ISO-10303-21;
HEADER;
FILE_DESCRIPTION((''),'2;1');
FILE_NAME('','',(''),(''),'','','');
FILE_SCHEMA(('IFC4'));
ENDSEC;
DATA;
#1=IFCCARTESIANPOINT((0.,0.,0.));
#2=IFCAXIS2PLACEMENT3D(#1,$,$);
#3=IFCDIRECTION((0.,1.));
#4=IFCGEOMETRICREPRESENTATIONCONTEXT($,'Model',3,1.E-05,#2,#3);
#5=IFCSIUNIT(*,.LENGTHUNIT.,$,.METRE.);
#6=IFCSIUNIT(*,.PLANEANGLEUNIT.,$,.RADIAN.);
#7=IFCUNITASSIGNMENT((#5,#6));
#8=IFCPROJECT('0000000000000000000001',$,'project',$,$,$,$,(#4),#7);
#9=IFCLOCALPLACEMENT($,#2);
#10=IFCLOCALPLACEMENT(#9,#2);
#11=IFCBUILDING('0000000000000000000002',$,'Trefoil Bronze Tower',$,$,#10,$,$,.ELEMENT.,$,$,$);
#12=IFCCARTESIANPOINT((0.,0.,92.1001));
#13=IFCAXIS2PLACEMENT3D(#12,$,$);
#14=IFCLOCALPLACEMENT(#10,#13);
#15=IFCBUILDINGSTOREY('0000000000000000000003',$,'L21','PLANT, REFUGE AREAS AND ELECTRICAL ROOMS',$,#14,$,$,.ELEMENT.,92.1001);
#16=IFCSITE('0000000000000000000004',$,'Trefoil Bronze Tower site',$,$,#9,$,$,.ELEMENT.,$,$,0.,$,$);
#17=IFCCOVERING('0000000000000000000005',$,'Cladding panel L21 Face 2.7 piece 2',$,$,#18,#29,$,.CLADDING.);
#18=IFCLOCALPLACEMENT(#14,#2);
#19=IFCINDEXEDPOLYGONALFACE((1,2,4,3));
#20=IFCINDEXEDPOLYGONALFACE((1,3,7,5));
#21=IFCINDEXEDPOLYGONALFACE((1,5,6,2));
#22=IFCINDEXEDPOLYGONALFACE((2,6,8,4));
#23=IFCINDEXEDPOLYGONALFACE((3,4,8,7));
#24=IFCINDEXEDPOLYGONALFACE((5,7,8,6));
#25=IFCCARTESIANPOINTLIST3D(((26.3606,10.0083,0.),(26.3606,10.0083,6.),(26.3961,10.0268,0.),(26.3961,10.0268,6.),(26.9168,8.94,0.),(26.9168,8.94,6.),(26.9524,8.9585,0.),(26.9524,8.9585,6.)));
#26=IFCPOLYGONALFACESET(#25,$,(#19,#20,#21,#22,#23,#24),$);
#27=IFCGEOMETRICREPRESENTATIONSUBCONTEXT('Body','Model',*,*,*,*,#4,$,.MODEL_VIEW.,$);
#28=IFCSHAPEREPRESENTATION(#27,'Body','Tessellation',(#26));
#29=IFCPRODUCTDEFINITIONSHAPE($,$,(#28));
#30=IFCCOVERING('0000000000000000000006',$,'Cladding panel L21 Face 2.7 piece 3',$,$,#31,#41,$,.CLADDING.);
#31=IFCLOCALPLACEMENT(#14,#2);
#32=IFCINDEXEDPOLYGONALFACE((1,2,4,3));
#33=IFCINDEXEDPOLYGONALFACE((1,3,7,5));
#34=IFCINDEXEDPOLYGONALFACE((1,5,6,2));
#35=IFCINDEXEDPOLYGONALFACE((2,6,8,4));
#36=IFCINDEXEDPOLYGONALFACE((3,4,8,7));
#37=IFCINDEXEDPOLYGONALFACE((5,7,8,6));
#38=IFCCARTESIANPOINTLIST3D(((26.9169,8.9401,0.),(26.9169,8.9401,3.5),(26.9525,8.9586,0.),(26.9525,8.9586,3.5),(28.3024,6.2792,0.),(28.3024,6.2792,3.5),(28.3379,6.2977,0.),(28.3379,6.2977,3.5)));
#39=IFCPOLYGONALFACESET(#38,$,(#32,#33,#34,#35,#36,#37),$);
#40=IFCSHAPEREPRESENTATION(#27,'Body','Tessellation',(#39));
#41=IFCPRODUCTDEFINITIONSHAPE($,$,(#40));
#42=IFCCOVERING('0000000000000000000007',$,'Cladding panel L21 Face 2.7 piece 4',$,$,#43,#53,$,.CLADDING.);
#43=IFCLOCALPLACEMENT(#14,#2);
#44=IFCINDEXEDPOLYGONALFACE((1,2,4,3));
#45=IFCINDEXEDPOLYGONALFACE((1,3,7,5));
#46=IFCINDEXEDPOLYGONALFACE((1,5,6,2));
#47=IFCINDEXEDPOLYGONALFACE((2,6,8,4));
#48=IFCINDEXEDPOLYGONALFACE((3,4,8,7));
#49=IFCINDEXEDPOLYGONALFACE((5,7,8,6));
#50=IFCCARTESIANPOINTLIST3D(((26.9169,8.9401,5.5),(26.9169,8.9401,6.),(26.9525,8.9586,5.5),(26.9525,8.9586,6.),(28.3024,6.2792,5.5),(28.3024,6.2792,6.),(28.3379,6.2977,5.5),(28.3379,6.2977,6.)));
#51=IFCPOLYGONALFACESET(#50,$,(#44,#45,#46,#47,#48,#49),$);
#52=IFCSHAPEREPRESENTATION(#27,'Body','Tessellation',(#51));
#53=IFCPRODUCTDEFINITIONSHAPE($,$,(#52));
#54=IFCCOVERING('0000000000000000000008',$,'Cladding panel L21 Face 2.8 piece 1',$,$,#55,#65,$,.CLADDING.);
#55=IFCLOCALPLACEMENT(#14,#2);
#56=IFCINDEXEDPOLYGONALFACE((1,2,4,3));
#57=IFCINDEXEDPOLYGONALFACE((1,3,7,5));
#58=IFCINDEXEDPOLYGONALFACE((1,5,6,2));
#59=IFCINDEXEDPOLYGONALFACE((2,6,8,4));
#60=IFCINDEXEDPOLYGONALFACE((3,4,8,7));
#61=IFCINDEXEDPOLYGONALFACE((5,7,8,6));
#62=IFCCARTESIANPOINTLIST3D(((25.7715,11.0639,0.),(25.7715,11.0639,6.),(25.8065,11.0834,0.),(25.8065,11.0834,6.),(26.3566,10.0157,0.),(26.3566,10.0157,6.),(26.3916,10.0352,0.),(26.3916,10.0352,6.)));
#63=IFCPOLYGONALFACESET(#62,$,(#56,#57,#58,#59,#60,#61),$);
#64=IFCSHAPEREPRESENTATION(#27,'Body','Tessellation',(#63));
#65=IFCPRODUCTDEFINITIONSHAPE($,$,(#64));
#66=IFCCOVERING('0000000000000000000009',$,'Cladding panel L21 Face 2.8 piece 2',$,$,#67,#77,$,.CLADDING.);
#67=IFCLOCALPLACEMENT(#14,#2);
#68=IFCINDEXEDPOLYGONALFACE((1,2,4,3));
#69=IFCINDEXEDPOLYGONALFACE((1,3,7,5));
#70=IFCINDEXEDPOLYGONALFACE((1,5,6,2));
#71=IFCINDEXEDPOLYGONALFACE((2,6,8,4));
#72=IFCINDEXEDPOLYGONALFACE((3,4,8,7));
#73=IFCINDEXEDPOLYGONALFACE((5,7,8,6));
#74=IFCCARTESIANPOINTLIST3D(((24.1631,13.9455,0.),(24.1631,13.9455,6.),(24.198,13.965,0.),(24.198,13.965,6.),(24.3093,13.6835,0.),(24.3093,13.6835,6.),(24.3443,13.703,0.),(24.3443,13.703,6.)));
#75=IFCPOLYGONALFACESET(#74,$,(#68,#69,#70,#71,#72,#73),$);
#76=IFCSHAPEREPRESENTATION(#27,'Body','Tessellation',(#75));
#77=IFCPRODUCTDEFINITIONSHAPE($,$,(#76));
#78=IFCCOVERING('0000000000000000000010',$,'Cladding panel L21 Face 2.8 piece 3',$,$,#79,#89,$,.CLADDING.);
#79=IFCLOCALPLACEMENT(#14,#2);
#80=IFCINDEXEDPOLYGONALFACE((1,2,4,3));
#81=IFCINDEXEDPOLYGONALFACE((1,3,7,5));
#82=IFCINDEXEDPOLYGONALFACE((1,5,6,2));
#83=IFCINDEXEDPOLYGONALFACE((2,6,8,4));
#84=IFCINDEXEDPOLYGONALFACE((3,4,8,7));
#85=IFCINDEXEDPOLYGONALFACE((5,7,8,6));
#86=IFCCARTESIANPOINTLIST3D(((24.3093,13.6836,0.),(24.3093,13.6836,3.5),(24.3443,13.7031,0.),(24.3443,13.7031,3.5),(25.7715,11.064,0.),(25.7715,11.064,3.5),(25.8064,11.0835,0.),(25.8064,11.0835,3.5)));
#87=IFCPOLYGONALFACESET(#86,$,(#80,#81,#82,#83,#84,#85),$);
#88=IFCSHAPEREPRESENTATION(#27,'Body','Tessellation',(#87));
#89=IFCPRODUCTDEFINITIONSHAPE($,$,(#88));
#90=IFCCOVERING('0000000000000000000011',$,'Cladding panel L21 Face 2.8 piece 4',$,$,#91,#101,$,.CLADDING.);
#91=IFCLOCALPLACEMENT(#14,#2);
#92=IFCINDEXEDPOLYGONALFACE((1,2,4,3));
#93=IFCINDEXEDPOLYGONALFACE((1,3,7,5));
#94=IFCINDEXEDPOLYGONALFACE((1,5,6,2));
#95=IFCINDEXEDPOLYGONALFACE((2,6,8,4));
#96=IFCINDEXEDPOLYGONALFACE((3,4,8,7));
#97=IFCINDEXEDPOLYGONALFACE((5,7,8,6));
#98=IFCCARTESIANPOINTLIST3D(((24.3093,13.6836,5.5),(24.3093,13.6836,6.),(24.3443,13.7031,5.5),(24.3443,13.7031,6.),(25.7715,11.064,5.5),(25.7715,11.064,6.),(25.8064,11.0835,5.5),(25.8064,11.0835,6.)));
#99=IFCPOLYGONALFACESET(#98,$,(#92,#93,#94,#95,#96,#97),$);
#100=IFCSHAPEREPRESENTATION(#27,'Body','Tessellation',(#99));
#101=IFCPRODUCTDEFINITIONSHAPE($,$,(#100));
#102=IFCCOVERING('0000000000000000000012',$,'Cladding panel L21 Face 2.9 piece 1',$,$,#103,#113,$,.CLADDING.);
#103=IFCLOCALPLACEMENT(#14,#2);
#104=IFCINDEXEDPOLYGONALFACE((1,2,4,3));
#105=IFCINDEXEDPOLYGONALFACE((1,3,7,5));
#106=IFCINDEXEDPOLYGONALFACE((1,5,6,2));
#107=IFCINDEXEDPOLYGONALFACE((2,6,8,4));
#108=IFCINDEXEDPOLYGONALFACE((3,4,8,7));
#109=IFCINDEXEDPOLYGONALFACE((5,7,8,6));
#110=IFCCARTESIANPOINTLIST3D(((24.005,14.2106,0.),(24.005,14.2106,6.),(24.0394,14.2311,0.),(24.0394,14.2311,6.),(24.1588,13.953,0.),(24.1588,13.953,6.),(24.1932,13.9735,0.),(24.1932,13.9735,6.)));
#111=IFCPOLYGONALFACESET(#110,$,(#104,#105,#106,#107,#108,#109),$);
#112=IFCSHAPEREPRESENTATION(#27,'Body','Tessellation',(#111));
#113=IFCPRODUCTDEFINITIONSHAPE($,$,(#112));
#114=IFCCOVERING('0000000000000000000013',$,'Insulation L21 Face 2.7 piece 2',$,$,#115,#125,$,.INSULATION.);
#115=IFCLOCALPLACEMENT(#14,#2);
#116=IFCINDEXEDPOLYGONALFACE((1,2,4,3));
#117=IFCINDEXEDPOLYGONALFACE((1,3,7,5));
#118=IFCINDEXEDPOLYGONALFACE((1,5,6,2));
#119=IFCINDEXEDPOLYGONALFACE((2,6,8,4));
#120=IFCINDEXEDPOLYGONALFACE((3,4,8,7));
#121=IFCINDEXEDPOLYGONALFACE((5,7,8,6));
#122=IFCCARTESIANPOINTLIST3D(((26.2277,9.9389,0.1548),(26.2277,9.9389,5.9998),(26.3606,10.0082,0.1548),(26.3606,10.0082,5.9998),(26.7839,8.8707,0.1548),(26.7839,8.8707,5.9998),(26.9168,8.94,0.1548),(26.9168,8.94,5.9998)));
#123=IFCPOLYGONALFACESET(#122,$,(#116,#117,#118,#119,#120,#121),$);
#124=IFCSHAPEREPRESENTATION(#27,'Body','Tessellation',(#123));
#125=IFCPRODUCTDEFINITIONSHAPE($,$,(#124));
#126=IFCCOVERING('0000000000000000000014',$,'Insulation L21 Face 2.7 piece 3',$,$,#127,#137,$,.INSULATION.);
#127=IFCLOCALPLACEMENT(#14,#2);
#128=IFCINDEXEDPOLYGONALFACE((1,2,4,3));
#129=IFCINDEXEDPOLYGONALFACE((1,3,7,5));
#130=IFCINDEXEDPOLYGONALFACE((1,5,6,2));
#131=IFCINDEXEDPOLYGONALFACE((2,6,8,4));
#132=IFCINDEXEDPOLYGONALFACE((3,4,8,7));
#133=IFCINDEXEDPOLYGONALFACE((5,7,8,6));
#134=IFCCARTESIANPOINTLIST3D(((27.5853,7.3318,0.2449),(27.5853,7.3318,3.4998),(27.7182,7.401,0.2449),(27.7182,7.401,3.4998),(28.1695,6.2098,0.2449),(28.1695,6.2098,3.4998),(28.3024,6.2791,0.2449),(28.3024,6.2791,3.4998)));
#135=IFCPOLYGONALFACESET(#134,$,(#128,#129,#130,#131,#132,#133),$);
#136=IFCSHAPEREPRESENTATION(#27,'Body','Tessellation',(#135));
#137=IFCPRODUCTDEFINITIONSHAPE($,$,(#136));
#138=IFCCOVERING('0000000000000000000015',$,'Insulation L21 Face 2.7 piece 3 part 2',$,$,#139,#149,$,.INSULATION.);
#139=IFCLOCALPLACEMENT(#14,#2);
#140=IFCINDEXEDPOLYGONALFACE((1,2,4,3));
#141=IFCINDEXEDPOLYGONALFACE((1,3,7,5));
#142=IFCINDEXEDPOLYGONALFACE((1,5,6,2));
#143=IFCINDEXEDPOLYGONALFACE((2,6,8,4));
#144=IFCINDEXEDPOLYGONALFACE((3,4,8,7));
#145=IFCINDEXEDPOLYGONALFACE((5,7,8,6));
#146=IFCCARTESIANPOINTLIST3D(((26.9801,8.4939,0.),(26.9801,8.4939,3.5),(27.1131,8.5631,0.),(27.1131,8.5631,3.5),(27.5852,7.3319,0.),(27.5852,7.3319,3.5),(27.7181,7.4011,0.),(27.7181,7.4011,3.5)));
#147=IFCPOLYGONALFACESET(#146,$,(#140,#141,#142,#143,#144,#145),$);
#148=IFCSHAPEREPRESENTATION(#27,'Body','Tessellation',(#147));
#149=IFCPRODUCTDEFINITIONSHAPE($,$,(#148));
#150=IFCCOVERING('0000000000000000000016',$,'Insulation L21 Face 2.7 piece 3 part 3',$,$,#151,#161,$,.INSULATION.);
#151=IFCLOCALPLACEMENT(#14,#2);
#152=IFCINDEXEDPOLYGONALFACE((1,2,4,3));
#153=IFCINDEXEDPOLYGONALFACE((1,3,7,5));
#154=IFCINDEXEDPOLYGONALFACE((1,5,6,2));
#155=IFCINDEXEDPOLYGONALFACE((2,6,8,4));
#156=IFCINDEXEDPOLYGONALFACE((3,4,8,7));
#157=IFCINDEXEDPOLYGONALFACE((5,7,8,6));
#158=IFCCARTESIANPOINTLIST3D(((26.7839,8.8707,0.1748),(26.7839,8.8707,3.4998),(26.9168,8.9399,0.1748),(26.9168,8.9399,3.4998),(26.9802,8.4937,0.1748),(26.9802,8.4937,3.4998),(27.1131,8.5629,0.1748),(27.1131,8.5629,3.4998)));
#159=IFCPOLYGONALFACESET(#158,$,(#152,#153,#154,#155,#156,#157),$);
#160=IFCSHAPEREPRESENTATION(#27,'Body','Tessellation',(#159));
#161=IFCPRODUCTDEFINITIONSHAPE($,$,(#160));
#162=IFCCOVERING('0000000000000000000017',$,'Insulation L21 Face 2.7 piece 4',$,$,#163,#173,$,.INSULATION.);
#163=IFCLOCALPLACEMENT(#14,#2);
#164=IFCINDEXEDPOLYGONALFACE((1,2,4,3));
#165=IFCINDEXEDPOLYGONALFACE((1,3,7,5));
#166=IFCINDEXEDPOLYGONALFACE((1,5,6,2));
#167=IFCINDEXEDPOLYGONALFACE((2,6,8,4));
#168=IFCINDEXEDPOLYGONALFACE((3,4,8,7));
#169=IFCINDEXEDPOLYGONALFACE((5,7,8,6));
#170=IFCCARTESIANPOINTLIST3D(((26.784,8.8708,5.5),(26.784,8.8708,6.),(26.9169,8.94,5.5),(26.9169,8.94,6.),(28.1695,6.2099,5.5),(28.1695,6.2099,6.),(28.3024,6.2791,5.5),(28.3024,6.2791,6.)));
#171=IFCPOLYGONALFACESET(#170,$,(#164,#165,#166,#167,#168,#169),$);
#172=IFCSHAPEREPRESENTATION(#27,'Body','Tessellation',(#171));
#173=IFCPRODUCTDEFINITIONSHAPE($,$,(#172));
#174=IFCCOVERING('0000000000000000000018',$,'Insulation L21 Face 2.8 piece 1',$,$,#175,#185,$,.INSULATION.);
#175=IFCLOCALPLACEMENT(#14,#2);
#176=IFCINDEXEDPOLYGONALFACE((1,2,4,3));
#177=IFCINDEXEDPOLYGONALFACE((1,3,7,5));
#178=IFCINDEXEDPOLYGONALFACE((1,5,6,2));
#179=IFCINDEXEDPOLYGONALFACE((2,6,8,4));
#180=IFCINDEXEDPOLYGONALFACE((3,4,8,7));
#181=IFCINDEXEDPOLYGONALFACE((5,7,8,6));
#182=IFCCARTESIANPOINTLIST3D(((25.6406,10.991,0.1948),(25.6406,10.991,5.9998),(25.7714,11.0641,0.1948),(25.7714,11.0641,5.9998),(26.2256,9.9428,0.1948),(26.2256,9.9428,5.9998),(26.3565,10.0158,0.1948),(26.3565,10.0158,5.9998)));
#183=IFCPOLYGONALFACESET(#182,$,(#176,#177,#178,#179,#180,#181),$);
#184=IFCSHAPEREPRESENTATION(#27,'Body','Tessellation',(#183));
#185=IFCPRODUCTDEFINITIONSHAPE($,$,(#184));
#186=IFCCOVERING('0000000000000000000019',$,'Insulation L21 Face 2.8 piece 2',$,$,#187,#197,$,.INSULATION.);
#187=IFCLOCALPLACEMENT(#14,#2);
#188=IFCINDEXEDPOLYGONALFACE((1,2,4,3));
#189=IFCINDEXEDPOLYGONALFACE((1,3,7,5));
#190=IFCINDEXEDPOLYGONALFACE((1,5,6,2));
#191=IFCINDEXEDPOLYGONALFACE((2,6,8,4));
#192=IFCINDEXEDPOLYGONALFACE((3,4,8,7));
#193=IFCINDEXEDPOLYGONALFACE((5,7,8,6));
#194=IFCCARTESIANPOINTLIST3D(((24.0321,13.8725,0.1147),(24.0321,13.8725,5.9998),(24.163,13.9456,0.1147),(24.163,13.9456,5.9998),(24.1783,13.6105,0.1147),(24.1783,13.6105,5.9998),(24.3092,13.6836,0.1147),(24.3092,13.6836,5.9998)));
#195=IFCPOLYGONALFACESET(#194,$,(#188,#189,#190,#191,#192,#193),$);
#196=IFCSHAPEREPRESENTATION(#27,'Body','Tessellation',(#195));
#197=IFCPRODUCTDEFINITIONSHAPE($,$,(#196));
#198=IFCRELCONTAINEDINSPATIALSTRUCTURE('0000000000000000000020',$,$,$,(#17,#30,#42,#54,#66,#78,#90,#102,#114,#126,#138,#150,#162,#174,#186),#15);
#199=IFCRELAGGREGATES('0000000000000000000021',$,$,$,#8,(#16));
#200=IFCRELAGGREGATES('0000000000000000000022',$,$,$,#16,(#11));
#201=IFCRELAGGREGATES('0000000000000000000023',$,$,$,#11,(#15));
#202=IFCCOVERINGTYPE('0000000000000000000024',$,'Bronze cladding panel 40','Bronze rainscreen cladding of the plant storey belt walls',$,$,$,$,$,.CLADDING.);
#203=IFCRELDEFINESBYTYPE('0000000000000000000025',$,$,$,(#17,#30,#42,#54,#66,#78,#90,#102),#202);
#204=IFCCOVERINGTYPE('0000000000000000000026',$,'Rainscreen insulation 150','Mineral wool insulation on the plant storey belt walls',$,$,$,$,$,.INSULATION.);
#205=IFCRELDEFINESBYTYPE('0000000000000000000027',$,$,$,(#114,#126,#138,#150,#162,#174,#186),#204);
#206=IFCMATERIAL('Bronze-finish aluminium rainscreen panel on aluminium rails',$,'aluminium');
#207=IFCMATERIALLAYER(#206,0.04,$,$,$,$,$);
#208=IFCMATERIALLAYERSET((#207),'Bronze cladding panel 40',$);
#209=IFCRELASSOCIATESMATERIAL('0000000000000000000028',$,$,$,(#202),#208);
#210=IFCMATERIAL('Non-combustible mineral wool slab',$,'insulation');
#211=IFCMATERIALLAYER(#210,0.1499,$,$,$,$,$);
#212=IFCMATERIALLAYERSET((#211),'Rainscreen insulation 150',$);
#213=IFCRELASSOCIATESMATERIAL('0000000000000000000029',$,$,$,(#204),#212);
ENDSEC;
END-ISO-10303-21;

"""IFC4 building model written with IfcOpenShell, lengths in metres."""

from ifc_helpers import new_model, si_unit, direction, frame, origin, origin_2d, place, context, subcontext, project, spatial, rectangle, extrude, material, layer, layer_set, type_object, element, save


model = new_model("IFC4")

# Units and contexts
model_context = context("Model", 3, precision=1e-05, world=origin(), true_north=direction((0.0, 1.0)))
body_context = subcontext(model_context, "Body", "Model", "MODEL_VIEW")
ifc_project = project(units=[si_unit("LENGTHUNIT", "METRE"), si_unit("PLANEANGLEUNIT", "RADIAN")], contexts=[model_context])

# Site, building, storey
site_placement = place(None, origin())
site = spatial("IfcSite", under=ifc_project, at=site_placement, Name="Trefoil Bronze Tower site", CompositionType="ELEMENT", RefElevation=0.0)
building_placement = place(site_placement, origin())
building = spatial("IfcBuilding", under=site, at=building_placement, Name="Trefoil Bronze Tower", CompositionType="ELEMENT")
storey_placement = place(building_placement, frame((0.0, 0.0, 92.1001)))
storey = spatial("IfcBuildingStorey", under=building, at=storey_placement, Name="L21", Description="PLANT, REFUGE AREAS AND ELECTRICAL ROOMS", CompositionType="ELEMENT", Elevation=92.1001)

# Coverings
ifc_material_1 = material(Name="Bronze-finish aluminium rainscreen panel on aluminium rails", Category="aluminium")
ifc_layer_1 = layer(ifc_material_1, 0.04)
ifc_layer_set_1 = layer_set([ifc_layer_1], Name="Bronze cladding panel 40")
covering_type_1 = type_object("IfcCoveringType", Name="Bronze cladding panel 40", Description="Bronze rainscreen cladding of the plant storey belt walls", PredefinedType="CLADDING", material=ifc_layer_set_1)
covering_1_placement = place(storey_placement, frame((26.6565, 9.4834, 0.0), z_axis=(0.0, 0.0, 1.0), x_axis=(-0.46183, 0.886969, 0.0)))
element("IfcCovering", 1, at=covering_1_placement, inside=storey, type_object=covering_type_1, Name="Cladding panel L21 Face 2.7 piece 2", PredefinedType="CLADDING", context=body_context, shape_type="SweptSolid", body=[
    extrude(rectangle(XDim=1.2043, YDim=0.04, at=origin_2d()), origin(), (0.0, 0.0, 1.0), 6.0),
])
covering_2_placement = place(storey_placement, frame((27.6274, 7.6189, 0.0), z_axis=(0.0, 0.0, 1.0), x_axis=(-0.46183, 0.886969, 0.0)))
element("IfcCovering", 2, at=covering_2_placement, inside=storey, type_object=covering_type_1, Name="Cladding panel L21 Face 2.7 piece 3", PredefinedType="CLADDING", context=body_context, shape_type="SweptSolid", body=[
    extrude(rectangle(XDim=3.0, YDim=0.04, at=origin_2d()), origin(), (0.0, 0.0, 1.0), 3.5),
])
covering_3_placement = place(storey_placement, frame((27.6274, 7.6189, 5.5), z_axis=(0.0, 0.0, 1.0), x_axis=(-0.46183, 0.886969, 0.0)))
element("IfcCovering", 3, at=covering_3_placement, inside=storey, type_object=covering_type_1, Name="Cladding panel L21 Face 2.7 piece 4", PredefinedType="CLADDING", context=body_context, shape_type="SweptSolid", body=[
    extrude(rectangle(XDim=3.0, YDim=0.04, at=origin_2d()), origin(), (0.0, 0.0, 1.0), 0.5),
])
covering_4_placement = place(storey_placement, frame((26.0815, 10.5496, 0.0), z_axis=(0.0, 0.0, 1.0), x_axis=(-0.487382, 0.873189, 0.0)))
element("IfcCovering", 4, at=covering_4_placement, inside=storey, type_object=covering_type_1, Name="Cladding panel L21 Face 2.8 piece 1", PredefinedType="CLADDING", context=body_context, shape_type="SweptSolid", body=[
    extrude(rectangle(XDim=1.2004, YDim=0.04, at=origin_2d()), origin(), (0.0, 0.0, 1.0), 6.0),
])
covering_5_placement = place(storey_placement, frame((24.2537, 13.8242, 0.0), z_axis=(0.0, 0.0, 1.0), x_axis=(-0.487382, 0.873189, 0.0)))
element("IfcCovering", 5, at=covering_5_placement, inside=storey, type_object=covering_type_1, Name="Cladding panel L21 Face 2.8 piece 2", PredefinedType="CLADDING", context=body_context, shape_type="SweptSolid", body=[
    extrude(rectangle(XDim=0.3, YDim=0.04, at=origin_2d()), origin(), (0.0, 0.0, 1.0), 6.0),
])
covering_6_placement = place(storey_placement, frame((25.0579, 12.3835, 0.0), z_axis=(0.0, 0.0, 1.0), x_axis=(-0.487382, 0.873189, 0.0)))
element("IfcCovering", 6, at=covering_6_placement, inside=storey, type_object=covering_type_1, Name="Cladding panel L21 Face 2.8 piece 3", PredefinedType="CLADDING", context=body_context, shape_type="SweptSolid", body=[
    extrude(rectangle(XDim=3.0, YDim=0.04, at=origin_2d()), origin(), (0.0, 0.0, 1.0), 3.5),
])
covering_7_placement = place(storey_placement, frame((25.0579, 12.3835, 5.5), z_axis=(0.0, 0.0, 1.0), x_axis=(-0.487382, 0.873189, 0.0)))
element("IfcCovering", 7, at=covering_7_placement, inside=storey, type_object=covering_type_1, Name="Cladding panel L21 Face 2.8 piece 4", PredefinedType="CLADDING", context=body_context, shape_type="SweptSolid", body=[
    extrude(rectangle(XDim=3.0, YDim=0.04, at=origin_2d()), origin(), (0.0, 0.0, 1.0), 0.5),
])
covering_8_placement = place(storey_placement, frame((24.0991, 14.092, 0.0), z_axis=(0.0, 0.0, 1.0), x_axis=(-0.512513, 0.85868, 0.0)))
element("IfcCovering", 8, at=covering_8_placement, inside=storey, type_object=covering_type_1, Name="Cladding panel L21 Face 2.9 piece 1", PredefinedType="CLADDING", context=body_context, shape_type="SweptSolid", body=[
    extrude(rectangle(XDim=0.3, YDim=0.04, at=origin_2d()), origin(), (0.0, 0.0, 1.0), 6.0),
])
ifc_material_2 = material(Name="Non-combustible mineral wool slab", Category="insulation")
ifc_layer_2 = layer(ifc_material_2, 0.1499)
ifc_layer_set_2 = layer_set([ifc_layer_2], Name="Rainscreen insulation 150")
covering_type_2 = type_object("IfcCoveringType", Name="Rainscreen insulation 150", Description="Mineral wool insulation on the plant storey belt walls", PredefinedType="INSULATION", material=ifc_layer_set_2)
covering_9_placement = place(storey_placement, frame((26.5723, 9.4395, 0.1548), z_axis=(0.0, 0.0, 1.0), x_axis=(-0.46183, 0.886969, 0.0)))
element("IfcCovering", 9, at=covering_9_placement, inside=storey, type_object=covering_type_2, Name="Insulation L21 Face 2.7 piece 2", PredefinedType="INSULATION", context=body_context, shape_type="SweptSolid", body=[
    extrude(rectangle(XDim=1.2043, YDim=0.1499, at=origin_2d()), origin(), (0.0, 0.0, 1.0), 5.845),
])
covering_10_placement = place(storey_placement, frame((27.9438, 6.8054, 0.2449), z_axis=(0.0, 0.0, 1.0), x_axis=(-0.46183, 0.886969, 0.0)))
element("IfcCovering", 10, at=covering_10_placement, inside=storey, type_object=covering_type_2, Name="Insulation L21 Face 2.7 piece 3", PredefinedType="INSULATION", context=body_context, shape_type="SweptSolid", body=[
    extrude(rectangle(XDim=1.2649, YDim=0.1499, at=origin_2d()), origin(), (0.0, 0.0, 1.0), 3.2549),
])
covering_11_placement = place(storey_placement, frame((27.3491, 7.9475, 0.0), z_axis=(0.0, 0.0, 1.0), x_axis=(-0.46183, 0.886969, 0.0)))
element("IfcCovering", 11, at=covering_11_placement, inside=storey, type_object=covering_type_2, Name="Insulation L21 Face 2.7 piece 3 part 2", PredefinedType="INSULATION", context=body_context, shape_type="SweptSolid", body=[
    extrude(rectangle(XDim=1.3101, YDim=0.1499, at=origin_2d()), origin(), (0.0, 0.0, 1.0), 3.5),
])
covering_12_placement = place(storey_placement, frame((26.9485, 8.7168, 0.1748), z_axis=(0.0, 0.0, 1.0), x_axis=(-0.46183, 0.886969, 0.0)))
element("IfcCovering", 12, at=covering_12_placement, inside=storey, type_object=covering_type_2, Name="Insulation L21 Face 2.7 piece 3 part 3", PredefinedType="INSULATION", context=body_context, shape_type="SweptSolid", body=[
    extrude(rectangle(XDim=0.425, YDim=0.1499, at=origin_2d()), origin(), (0.0, 0.0, 1.0), 3.325),
])
covering_13_placement = place(storey_placement, frame((27.5432, 7.575, 5.5), z_axis=(0.0, 0.0, 1.0), x_axis=(-0.46183, 0.886969, 0.0)))
element("IfcCovering", 13, at=covering_13_placement, inside=storey, type_object=covering_type_2, Name="Insulation L21 Face 2.7 piece 4", PredefinedType="INSULATION", context=body_context, shape_type="SweptSolid", body=[
    extrude(rectangle(XDim=3.0, YDim=0.1499, at=origin_2d()), origin(), (0.0, 0.0, 1.0), 0.5),
])
covering_14_placement = place(storey_placement, frame((25.9985, 10.5034, 0.1948), z_axis=(0.0, 0.0, 1.0), x_axis=(-0.487382, 0.873189, 0.0)))
element("IfcCovering", 14, at=covering_14_placement, inside=storey, type_object=covering_type_2, Name="Insulation L21 Face 2.8 piece 1", PredefinedType="INSULATION", context=body_context, shape_type="SweptSolid", body=[
    extrude(rectangle(XDim=1.2004, YDim=0.1499, at=origin_2d()), origin(), (0.0, 0.0, 1.0), 5.8049),
])
covering_15_placement = place(storey_placement, frame((24.1707, 13.7781, 0.1147), z_axis=(0.0, 0.0, 1.0), x_axis=(-0.487382, 0.873189, 0.0)))
element("IfcCovering", 15, at=covering_15_placement, inside=storey, type_object=covering_type_2, Name="Insulation L21 Face 2.8 piece 2", PredefinedType="INSULATION", context=body_context, shape_type="SweptSolid", body=[
    extrude(rectangle(XDim=0.3, YDim=0.1499, at=origin_2d()), origin(), (0.0, 0.0, 1.0), 5.885),
])

save(model, "model.ifc")
